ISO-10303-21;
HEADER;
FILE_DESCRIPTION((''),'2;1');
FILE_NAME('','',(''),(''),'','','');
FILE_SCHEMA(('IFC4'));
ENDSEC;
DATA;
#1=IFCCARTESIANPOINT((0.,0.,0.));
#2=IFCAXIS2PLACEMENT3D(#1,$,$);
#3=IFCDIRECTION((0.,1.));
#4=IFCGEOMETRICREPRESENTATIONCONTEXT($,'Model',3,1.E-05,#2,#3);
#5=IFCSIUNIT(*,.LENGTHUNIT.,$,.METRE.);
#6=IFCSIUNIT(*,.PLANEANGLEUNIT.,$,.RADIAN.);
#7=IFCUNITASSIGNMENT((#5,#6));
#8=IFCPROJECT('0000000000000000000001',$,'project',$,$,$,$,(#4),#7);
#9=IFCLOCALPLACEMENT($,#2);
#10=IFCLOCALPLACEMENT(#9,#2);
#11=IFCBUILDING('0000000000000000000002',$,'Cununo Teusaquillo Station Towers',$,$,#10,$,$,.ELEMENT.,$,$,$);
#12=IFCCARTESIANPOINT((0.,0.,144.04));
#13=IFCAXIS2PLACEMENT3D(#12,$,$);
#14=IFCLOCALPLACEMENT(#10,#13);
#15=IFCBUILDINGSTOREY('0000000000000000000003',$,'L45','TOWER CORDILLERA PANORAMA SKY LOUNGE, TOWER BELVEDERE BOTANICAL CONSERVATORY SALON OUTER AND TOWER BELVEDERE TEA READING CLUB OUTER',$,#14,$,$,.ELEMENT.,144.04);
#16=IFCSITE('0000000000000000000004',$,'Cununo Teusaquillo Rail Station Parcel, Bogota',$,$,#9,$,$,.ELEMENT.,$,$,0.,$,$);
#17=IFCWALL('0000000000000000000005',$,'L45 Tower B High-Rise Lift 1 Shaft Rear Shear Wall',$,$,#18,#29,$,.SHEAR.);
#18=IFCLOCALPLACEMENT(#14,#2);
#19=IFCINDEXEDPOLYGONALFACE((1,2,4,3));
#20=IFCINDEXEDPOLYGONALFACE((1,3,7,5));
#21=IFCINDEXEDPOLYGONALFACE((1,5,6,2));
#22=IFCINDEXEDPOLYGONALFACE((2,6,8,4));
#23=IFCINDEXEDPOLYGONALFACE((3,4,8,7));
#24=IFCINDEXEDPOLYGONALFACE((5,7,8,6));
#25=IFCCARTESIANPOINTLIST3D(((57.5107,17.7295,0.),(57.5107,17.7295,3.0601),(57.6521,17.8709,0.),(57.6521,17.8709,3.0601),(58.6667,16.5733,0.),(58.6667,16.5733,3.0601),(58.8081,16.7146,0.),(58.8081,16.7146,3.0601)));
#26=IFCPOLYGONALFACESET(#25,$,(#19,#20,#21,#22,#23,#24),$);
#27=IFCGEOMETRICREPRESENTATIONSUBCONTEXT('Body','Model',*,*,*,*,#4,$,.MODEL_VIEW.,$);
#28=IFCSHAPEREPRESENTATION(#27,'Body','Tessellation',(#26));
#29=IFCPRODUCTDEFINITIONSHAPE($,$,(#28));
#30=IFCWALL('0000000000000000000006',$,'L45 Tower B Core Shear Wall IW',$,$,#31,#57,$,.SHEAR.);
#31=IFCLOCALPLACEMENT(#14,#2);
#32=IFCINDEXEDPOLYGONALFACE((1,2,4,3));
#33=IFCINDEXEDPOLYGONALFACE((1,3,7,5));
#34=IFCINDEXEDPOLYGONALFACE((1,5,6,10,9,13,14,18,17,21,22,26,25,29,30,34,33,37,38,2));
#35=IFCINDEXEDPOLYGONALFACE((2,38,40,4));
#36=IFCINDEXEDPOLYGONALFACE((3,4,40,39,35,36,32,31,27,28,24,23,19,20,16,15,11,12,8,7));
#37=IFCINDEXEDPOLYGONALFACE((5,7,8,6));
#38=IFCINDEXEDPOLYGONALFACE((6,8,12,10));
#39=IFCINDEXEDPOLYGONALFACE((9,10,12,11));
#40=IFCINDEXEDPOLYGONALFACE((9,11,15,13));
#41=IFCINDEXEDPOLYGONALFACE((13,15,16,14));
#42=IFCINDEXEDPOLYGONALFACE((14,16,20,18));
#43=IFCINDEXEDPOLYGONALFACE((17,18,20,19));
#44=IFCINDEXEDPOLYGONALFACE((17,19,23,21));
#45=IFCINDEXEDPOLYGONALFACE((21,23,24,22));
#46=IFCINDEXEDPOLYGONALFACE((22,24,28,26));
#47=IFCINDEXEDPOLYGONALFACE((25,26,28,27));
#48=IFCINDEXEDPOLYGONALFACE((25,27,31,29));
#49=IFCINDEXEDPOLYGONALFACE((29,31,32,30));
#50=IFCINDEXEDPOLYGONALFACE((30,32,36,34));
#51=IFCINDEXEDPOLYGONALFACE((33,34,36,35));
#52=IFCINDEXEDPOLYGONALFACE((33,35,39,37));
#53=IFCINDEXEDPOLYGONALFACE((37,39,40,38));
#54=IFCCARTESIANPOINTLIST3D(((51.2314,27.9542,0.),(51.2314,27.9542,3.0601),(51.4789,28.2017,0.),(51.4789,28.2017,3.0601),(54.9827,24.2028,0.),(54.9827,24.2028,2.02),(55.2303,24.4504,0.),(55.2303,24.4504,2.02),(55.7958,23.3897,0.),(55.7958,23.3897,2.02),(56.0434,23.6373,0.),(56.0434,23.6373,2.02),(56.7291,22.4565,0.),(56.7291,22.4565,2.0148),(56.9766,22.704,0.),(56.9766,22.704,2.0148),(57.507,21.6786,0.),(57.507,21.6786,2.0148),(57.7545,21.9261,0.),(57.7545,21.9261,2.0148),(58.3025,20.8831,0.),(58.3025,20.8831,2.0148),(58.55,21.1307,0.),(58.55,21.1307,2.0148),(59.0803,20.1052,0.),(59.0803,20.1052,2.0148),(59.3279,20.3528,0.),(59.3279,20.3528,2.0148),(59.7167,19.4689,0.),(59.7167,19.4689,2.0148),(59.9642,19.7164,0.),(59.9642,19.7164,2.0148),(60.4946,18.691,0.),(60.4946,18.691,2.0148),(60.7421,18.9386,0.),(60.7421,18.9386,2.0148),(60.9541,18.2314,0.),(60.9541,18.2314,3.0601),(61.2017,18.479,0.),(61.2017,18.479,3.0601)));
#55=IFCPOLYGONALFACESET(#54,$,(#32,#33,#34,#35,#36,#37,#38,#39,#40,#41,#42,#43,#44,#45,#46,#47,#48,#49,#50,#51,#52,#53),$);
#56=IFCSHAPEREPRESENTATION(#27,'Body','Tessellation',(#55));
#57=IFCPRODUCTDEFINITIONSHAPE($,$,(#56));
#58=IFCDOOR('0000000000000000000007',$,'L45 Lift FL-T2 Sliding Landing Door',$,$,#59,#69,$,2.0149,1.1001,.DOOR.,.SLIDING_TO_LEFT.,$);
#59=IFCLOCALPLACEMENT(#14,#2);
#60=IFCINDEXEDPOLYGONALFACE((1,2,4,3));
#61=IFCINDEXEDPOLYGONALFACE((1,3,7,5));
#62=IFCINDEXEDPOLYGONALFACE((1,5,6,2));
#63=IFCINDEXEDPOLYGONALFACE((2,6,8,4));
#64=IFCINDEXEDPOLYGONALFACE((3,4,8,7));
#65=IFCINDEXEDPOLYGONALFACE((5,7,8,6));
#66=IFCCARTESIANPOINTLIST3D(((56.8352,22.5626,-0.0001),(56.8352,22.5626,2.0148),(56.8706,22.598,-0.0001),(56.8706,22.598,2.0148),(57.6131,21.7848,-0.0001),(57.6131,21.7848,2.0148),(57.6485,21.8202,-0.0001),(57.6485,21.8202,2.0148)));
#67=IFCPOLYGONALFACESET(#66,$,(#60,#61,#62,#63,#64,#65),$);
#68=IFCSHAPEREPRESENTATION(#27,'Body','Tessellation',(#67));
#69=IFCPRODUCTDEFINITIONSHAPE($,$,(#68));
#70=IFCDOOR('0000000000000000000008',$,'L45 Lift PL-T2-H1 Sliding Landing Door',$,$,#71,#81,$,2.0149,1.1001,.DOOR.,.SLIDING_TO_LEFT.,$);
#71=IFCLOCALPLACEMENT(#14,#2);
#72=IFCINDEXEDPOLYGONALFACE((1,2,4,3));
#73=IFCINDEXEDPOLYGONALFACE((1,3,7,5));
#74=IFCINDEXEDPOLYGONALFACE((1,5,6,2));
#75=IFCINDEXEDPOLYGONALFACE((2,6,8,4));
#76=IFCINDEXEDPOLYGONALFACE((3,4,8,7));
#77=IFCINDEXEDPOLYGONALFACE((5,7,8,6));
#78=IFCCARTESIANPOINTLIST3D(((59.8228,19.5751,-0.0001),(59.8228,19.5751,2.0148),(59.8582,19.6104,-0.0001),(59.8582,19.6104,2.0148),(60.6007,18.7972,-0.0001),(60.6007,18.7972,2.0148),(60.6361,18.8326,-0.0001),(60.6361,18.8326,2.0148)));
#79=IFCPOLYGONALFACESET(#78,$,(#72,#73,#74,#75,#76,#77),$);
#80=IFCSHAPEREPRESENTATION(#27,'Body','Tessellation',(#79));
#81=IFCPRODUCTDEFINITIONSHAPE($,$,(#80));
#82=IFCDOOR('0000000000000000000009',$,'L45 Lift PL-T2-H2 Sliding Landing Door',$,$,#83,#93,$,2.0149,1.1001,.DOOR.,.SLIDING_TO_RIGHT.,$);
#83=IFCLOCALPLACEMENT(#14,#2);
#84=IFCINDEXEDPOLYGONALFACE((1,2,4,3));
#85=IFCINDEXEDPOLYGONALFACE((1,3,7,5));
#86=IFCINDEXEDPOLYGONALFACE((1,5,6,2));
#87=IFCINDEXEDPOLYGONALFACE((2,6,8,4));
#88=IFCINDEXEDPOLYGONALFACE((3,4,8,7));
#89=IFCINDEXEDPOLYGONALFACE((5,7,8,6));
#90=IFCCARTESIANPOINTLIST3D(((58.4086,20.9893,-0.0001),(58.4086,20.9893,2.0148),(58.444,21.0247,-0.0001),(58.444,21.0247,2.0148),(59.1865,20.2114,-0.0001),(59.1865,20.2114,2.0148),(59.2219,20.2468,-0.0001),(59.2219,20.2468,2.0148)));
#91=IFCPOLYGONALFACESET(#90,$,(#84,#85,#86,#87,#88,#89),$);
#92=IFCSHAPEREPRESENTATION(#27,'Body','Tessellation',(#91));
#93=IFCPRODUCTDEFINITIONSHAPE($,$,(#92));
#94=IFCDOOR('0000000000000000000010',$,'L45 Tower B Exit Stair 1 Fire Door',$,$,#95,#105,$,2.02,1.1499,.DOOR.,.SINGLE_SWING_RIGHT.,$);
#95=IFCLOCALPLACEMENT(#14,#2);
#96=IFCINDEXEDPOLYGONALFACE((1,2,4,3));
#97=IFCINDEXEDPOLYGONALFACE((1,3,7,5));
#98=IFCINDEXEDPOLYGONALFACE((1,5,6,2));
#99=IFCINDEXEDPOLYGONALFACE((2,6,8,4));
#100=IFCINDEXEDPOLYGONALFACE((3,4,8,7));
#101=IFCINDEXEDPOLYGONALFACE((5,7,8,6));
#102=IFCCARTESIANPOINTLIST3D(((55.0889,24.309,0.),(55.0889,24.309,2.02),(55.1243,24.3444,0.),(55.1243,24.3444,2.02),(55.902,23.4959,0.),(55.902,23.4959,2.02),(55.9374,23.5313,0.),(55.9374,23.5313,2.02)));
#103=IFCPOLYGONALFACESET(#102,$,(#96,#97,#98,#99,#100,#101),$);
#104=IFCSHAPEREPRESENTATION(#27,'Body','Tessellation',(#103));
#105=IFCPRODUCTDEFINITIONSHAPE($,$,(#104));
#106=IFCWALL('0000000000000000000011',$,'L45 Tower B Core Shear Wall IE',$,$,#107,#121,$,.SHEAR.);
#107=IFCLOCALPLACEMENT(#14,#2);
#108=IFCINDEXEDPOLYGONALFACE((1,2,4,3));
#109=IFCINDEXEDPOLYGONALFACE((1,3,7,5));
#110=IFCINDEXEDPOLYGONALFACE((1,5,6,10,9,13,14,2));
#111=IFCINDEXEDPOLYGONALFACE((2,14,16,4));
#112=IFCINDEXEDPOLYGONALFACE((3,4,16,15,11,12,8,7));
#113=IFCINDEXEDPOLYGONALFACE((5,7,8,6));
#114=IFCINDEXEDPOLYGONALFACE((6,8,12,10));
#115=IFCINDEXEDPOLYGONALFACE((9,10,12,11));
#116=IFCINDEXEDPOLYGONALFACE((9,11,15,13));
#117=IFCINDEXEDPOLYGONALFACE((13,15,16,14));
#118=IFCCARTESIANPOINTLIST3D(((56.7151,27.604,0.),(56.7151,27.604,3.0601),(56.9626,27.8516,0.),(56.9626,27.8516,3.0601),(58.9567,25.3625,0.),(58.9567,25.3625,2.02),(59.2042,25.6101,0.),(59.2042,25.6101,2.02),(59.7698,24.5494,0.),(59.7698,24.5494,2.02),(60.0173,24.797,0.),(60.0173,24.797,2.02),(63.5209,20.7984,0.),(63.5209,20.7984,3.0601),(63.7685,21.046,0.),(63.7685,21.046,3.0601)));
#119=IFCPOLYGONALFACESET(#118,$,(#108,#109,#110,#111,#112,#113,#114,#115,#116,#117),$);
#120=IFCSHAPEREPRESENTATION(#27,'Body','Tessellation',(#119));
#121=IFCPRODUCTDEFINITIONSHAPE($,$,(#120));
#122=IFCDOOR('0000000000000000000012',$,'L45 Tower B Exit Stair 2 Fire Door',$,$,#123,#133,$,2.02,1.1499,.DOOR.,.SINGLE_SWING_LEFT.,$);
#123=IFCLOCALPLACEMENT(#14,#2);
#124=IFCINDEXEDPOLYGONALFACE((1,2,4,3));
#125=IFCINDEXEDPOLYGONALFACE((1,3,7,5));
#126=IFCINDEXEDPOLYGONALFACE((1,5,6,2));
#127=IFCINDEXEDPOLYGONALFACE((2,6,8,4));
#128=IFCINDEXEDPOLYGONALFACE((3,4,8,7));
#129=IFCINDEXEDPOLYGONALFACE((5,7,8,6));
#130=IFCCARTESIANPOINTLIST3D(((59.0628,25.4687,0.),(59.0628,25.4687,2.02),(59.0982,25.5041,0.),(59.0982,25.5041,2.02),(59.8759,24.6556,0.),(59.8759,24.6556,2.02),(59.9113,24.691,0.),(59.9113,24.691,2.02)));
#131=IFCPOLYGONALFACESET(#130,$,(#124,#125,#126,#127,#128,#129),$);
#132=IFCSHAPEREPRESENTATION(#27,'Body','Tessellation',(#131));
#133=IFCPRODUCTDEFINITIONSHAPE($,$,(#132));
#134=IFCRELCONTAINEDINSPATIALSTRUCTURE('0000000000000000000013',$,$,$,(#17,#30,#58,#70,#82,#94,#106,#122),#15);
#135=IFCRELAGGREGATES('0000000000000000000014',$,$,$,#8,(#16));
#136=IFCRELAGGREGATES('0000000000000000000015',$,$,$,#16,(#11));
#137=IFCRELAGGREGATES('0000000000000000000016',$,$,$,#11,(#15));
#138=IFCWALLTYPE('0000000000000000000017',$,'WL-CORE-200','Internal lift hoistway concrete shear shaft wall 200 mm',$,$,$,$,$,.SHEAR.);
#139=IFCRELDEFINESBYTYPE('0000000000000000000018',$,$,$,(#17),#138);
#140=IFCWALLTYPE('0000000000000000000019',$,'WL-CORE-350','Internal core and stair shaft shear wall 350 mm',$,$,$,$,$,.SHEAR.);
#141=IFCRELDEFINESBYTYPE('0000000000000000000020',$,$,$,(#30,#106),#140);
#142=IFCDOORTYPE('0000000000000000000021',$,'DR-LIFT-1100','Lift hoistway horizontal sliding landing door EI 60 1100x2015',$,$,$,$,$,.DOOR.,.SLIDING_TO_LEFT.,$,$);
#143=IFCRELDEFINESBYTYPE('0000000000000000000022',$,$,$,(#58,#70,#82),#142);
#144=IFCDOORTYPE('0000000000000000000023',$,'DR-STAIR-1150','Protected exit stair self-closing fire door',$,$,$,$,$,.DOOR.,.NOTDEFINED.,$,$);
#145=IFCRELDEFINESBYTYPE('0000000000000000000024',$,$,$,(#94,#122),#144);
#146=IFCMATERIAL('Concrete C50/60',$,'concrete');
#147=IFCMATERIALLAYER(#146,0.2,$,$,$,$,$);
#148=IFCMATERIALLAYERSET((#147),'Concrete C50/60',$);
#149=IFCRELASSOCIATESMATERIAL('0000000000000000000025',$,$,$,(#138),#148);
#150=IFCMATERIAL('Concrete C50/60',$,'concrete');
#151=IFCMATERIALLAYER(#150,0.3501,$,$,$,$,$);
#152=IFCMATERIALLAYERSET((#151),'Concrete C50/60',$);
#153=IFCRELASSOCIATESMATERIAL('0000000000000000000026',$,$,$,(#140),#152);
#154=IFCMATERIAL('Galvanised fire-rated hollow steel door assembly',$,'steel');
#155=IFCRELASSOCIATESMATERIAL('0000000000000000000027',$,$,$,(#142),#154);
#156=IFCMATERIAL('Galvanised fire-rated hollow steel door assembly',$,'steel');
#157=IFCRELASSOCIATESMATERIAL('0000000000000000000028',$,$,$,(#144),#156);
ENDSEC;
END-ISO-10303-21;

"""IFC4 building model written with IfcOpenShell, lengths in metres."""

from ifc_helpers import new_model, si_unit, direction, frame, frame_2d, origin, place, context, subcontext, project, spatial, rectangle, extrude, source, transform, mapped, material, layer, layer_set, type_object, element, fill, save


model = new_model("IFC4")

# Units and contexts
model_context = context("Model", 3, precision=1e-05, world=origin(), true_north=direction((0.0, 1.0)))
body_context = subcontext(model_context, "Body", "Model", "MODEL_VIEW")
ifc_project = project(units=[si_unit("LENGTHUNIT", "METRE"), si_unit("PLANEANGLEUNIT", "RADIAN")], contexts=[model_context])

# Site, building, storey
site_placement = place(None, origin())
site = spatial("IfcSite", under=ifc_project, at=site_placement, Name="Cununo Teusaquillo Rail Station Parcel, Bogota", CompositionType="ELEMENT", RefElevation=0.0)
building_placement = place(site_placement, origin())
building = spatial("IfcBuilding", under=site, at=building_placement, Name="Cununo Teusaquillo Station Towers", CompositionType="ELEMENT")
storey_placement = place(building_placement, frame((0.0, 0.0, 144.04)))
storey = spatial("IfcBuildingStorey", under=building, at=storey_placement, Name="L45", Description="TOWER CORDILLERA PANORAMA SKY LOUNGE, TOWER BELVEDERE BOTANICAL CONSERVATORY SALON OUTER AND TOWER BELVEDERE TEA READING CLUB OUTER", CompositionType="ELEMENT", Elevation=144.04)

# Wall
ifc_material_1 = material(Name="Concrete C50/60", Category="concrete")
ifc_layer_1 = layer(ifc_material_1, 0.2)
ifc_layer_set_1 = layer_set([ifc_layer_1], Name="Concrete C50/60")
wall_type_1 = type_object("IfcWallType", Name="WL-CORE-200", Description="Internal lift hoistway concrete shear shaft wall 200 mm", PredefinedType="SHEAR", material=ifc_layer_set_1)
wall_1_placement = place(storey_placement, frame((58.7373, 16.644, 0.0), z_axis=(0.0, 0.0, 1.0), x_axis=(-0.707032, 0.707181, 0.0)))
element("IfcWall", 1, at=wall_1_placement, inside=storey, type_object=wall_type_1, Name="L45 Tower B High-Rise Lift 1 Shaft Rear Shear Wall", PredefinedType="SHEAR", context=body_context, shape_type="SweptSolid", body=[
    extrude(rectangle(XDim=1.635, YDim=0.2, at=frame_2d((0.8174, 0.0))), origin(), (0.0, 0.0, 1.0), 3.0601),
])

# Wall, openings, doors
ifc_material_2 = material(Name="Concrete C50/60", Category="concrete")
ifc_layer_2 = layer(ifc_material_2, 0.3501)
ifc_layer_set_2 = layer_set([ifc_layer_2], Name="Concrete C50/60")
wall_type_2 = type_object("IfcWallType", Name="WL-CORE-350", Description="Internal core and stair shaft shear wall 350 mm", PredefinedType="SHEAR", material=ifc_layer_set_2)
wall_2_placement = place(storey_placement, frame((61.0779, 18.3552, 0.0), z_axis=(0.0, 0.0, 1.0), x_axis=(-0.707107, 0.707107, 0.0)))
wall_2 = element("IfcWall", 2, at=wall_2_placement, inside=storey, type_object=wall_type_2, Name="L45 Tower B Core Shear Wall IW", PredefinedType="SHEAR", context=body_context, shape_type="SweptSolid", body=[
    extrude(rectangle(XDim=13.75, YDim=0.3501, at=frame_2d((6.875, 0.0))), origin(), (0.0, 0.0, 1.0), 3.0601),
])
shared_shape_1 = source(origin(), body_context, "Body", "SweptSolid", [
    extrude(rectangle(XDim=1.1001, YDim=2.0149, at=frame_2d((0.55, 1.0073))), frame((0.0, 0.1851, 0.0), z_axis=(0.0, -1.0, 0.0), x_axis=(1.0, 0.0, 0.0)), (0.0, 0.0, 1.0), 0.3701),
])
opening_1_placement = place(wall_2_placement, frame((4.875, 0.0, 0.0)))
opening_1 = element("IfcOpeningElement", 3, at=opening_1_placement, cuts=wall_2, PredefinedType="OPENING", context=body_context, shape_type="MappedRepresentation", body=[
    mapped(shared_shape_1, transform((0.0, 0.0, 0.0), x_axis=(1.0, 0.0, 0.0), y_axis=(0.0, 1.0, 0.0), z_axis=(0.0, 0.0, 1.0), scale=1.0)),
])
opening_2_placement = place(wall_2_placement, frame((0.6499, 0.0, 0.0)))
opening_2 = element("IfcOpeningElement", 4, at=opening_2_placement, cuts=wall_2, PredefinedType="OPENING", context=body_context, shape_type="MappedRepresentation", body=[
    mapped(shared_shape_1, transform((0.0, 0.0, 0.0), x_axis=(1.0, 0.0, 0.0), y_axis=(0.0, 1.0, 0.0), z_axis=(0.0, 0.0, 1.0), scale=1.0)),
])
opening_3_placement = place(wall_2_placement, frame((2.6499, 0.0, 0.0)))
opening_3 = element("IfcOpeningElement", 5, at=opening_3_placement, cuts=wall_2, PredefinedType="OPENING", context=body_context, shape_type="MappedRepresentation", body=[
    mapped(shared_shape_1, transform((0.0, 0.0, 0.0), x_axis=(1.0, 0.0, 0.0), y_axis=(0.0, 1.0, 0.0), z_axis=(0.0, 0.0, 1.0), scale=1.0)),
])
shared_shape_2 = source(origin(), body_context, "Body", "SweptSolid", [
    extrude(rectangle(XDim=1.1499, YDim=2.02, at=frame_2d((0.575, 1.01))), frame((0.0, 0.1851, 0.0), z_axis=(0.0, -1.0, 0.0), x_axis=(1.0, 0.0, 0.0)), (0.0, 0.0, 1.0), 0.3701),
])
opening_4_placement = place(wall_2_placement, frame((7.2949, 0.0, 0.0)))
opening_4 = element("IfcOpeningElement", 6, at=opening_4_placement, cuts=wall_2, PredefinedType="OPENING", context=body_context, shape_type="MappedRepresentation", body=[
    mapped(shared_shape_2, transform((0.0, 0.0, 0.0), x_axis=(1.0, 0.0, 0.0), y_axis=(0.0, 1.0, 0.0), z_axis=(0.0, 0.0, 1.0), scale=1.0)),
])
ifc_material_3 = material(Name="Galvanised fire-rated hollow steel door assembly", Category="steel")
door_type_1 = type_object("IfcDoorType", Name="DR-LIFT-1100", Description="Lift hoistway horizontal sliding landing door EI 60 1100x2015", OperationType="SLIDING_TO_LEFT", PredefinedType="DOOR", material=ifc_material_3)
shared_shape_3 = source(origin(), body_context, "Body", "SweptSolid", [
    extrude(rectangle(XDim=1.1001, YDim=2.0149, at=frame_2d((0.55, 1.0073))), frame((0.0, 0.0249, 0.0), z_axis=(0.0, -1.0, 0.0), x_axis=(1.0, 0.0, 0.0)), (0.0, 0.0, 1.0), 0.05),
])
door_1_placement = place(opening_1_placement, origin())
door_1 = element("IfcDoor", 7, at=door_1_placement, inside=storey, type_object=door_type_1, Name="L45 Lift FL-T2 Sliding Landing Door", OperationType="SLIDING_TO_LEFT", OverallHeight=2.0149, OverallWidth=1.1001, PredefinedType="DOOR", context=body_context, shape_type="MappedRepresentation", body=[
    mapped(shared_shape_3, transform((0.0, 0.0, 0.0), x_axis=(1.0, 0.0, 0.0), y_axis=(0.0, 1.0, 0.0), z_axis=(0.0, 0.0, 1.0), scale=1.0)),
])
fill(opening_1, door_1)
door_2_placement = place(opening_2_placement, origin())
door_2 = element("IfcDoor", 8, at=door_2_placement, inside=storey, type_object=door_type_1, Name="L45 Lift PL-T2-H1 Sliding Landing Door", OperationType="SLIDING_TO_LEFT", OverallHeight=2.0149, OverallWidth=1.1001, PredefinedType="DOOR", context=body_context, shape_type="MappedRepresentation", body=[
    mapped(shared_shape_3, transform((0.0, 0.0, 0.0), x_axis=(1.0, 0.0, 0.0), y_axis=(0.0, 1.0, 0.0), z_axis=(0.0, 0.0, 1.0), scale=1.0)),
])
fill(opening_2, door_2)
door_3_placement = place(opening_3_placement, origin())
door_3 = element("IfcDoor", 9, at=door_3_placement, inside=storey, type_object=door_type_1, Name="L45 Lift PL-T2-H2 Sliding Landing Door", OperationType="SLIDING_TO_RIGHT", OverallHeight=2.0149, OverallWidth=1.1001, PredefinedType="DOOR", context=body_context, shape_type="MappedRepresentation", body=[
    mapped(shared_shape_3, transform((0.0, 0.0, 0.0), x_axis=(1.0, 0.0, 0.0), y_axis=(0.0, 1.0, 0.0), z_axis=(0.0, 0.0, 1.0), scale=1.0)),
])
fill(opening_3, door_3)
ifc_material_4 = material(Name="Galvanised fire-rated hollow steel door assembly", Category="steel")
door_type_2 = type_object("IfcDoorType", Name="DR-STAIR-1150", Description="Protected exit stair self-closing fire door", OperationType="NOTDEFINED", PredefinedType="DOOR", material=ifc_material_4)
shared_shape_4 = source(origin(), body_context, "Body", "SweptSolid", [
    extrude(rectangle(XDim=1.1499, YDim=2.02, at=frame_2d((0.575, 1.01))), frame((0.0, 0.0249, 0.0), z_axis=(0.0, -1.0, 0.0), x_axis=(1.0, 0.0, 0.0)), (0.0, 0.0, 1.0), 0.05),
])
door_4_placement = place(opening_4_placement, origin())
door_4 = element("IfcDoor", 10, at=door_4_placement, inside=storey, type_object=door_type_2, Name="L45 Tower B Exit Stair 1 Fire Door", OperationType="SINGLE_SWING_RIGHT", OverallHeight=2.02, OverallWidth=1.1499, PredefinedType="DOOR", context=body_context, shape_type="MappedRepresentation", body=[
    mapped(shared_shape_4, transform((0.0, 0.0, 0.0), x_axis=(1.0, 0.0, 0.0), y_axis=(0.0, 1.0, 0.0), z_axis=(0.0, 0.0, 1.0), scale=1.0)),
])
fill(opening_4, door_4)

# Wall, opening, door
wall_3_placement = place(storey_placement, frame((63.6448, 20.9221, 0.0), z_axis=(0.0, 0.0, 1.0), x_axis=(-0.707119, 0.707094, 0.0)))
wall_3 = element("IfcWall", 11, at=wall_3_placement, inside=storey, type_object=wall_type_2, Name="L45 Tower B Core Shear Wall IE", PredefinedType="SHEAR", context=body_context, shape_type="SweptSolid", body=[
    extrude(rectangle(XDim=9.6248, YDim=0.3501, at=frame_2d((4.8125, 0.0))), origin(), (0.0, 0.0, 1.0), 3.0601),
])
opening_5_placement = place(wall_3_placement, frame((5.3049, 0.0, 0.0)))
opening_5 = element("IfcOpeningElement", 12, at=opening_5_placement, cuts=wall_3, PredefinedType="OPENING", context=body_context, shape_type="MappedRepresentation", body=[
    mapped(shared_shape_2, transform((0.0, 0.0, 0.0), x_axis=(1.0, 0.0, 0.0), y_axis=(0.0, 1.0, 0.0), z_axis=(0.0, 0.0, 1.0), scale=1.0)),
])
door_5_placement = place(opening_5_placement, origin())
door_5 = element("IfcDoor", 13, at=door_5_placement, inside=storey, type_object=door_type_2, Name="L45 Tower B Exit Stair 2 Fire Door", OperationType="SINGLE_SWING_LEFT", OverallHeight=2.02, OverallWidth=1.1499, PredefinedType="DOOR", context=body_context, shape_type="MappedRepresentation", body=[
    mapped(shared_shape_4, transform((0.0, 0.0, 0.0), x_axis=(1.0, 0.0, 0.0), y_axis=(0.0, 1.0, 0.0), z_axis=(0.0, 0.0, 1.0), scale=1.0)),
])
fill(opening_5, door_5)

save(model, "model.ifc")
